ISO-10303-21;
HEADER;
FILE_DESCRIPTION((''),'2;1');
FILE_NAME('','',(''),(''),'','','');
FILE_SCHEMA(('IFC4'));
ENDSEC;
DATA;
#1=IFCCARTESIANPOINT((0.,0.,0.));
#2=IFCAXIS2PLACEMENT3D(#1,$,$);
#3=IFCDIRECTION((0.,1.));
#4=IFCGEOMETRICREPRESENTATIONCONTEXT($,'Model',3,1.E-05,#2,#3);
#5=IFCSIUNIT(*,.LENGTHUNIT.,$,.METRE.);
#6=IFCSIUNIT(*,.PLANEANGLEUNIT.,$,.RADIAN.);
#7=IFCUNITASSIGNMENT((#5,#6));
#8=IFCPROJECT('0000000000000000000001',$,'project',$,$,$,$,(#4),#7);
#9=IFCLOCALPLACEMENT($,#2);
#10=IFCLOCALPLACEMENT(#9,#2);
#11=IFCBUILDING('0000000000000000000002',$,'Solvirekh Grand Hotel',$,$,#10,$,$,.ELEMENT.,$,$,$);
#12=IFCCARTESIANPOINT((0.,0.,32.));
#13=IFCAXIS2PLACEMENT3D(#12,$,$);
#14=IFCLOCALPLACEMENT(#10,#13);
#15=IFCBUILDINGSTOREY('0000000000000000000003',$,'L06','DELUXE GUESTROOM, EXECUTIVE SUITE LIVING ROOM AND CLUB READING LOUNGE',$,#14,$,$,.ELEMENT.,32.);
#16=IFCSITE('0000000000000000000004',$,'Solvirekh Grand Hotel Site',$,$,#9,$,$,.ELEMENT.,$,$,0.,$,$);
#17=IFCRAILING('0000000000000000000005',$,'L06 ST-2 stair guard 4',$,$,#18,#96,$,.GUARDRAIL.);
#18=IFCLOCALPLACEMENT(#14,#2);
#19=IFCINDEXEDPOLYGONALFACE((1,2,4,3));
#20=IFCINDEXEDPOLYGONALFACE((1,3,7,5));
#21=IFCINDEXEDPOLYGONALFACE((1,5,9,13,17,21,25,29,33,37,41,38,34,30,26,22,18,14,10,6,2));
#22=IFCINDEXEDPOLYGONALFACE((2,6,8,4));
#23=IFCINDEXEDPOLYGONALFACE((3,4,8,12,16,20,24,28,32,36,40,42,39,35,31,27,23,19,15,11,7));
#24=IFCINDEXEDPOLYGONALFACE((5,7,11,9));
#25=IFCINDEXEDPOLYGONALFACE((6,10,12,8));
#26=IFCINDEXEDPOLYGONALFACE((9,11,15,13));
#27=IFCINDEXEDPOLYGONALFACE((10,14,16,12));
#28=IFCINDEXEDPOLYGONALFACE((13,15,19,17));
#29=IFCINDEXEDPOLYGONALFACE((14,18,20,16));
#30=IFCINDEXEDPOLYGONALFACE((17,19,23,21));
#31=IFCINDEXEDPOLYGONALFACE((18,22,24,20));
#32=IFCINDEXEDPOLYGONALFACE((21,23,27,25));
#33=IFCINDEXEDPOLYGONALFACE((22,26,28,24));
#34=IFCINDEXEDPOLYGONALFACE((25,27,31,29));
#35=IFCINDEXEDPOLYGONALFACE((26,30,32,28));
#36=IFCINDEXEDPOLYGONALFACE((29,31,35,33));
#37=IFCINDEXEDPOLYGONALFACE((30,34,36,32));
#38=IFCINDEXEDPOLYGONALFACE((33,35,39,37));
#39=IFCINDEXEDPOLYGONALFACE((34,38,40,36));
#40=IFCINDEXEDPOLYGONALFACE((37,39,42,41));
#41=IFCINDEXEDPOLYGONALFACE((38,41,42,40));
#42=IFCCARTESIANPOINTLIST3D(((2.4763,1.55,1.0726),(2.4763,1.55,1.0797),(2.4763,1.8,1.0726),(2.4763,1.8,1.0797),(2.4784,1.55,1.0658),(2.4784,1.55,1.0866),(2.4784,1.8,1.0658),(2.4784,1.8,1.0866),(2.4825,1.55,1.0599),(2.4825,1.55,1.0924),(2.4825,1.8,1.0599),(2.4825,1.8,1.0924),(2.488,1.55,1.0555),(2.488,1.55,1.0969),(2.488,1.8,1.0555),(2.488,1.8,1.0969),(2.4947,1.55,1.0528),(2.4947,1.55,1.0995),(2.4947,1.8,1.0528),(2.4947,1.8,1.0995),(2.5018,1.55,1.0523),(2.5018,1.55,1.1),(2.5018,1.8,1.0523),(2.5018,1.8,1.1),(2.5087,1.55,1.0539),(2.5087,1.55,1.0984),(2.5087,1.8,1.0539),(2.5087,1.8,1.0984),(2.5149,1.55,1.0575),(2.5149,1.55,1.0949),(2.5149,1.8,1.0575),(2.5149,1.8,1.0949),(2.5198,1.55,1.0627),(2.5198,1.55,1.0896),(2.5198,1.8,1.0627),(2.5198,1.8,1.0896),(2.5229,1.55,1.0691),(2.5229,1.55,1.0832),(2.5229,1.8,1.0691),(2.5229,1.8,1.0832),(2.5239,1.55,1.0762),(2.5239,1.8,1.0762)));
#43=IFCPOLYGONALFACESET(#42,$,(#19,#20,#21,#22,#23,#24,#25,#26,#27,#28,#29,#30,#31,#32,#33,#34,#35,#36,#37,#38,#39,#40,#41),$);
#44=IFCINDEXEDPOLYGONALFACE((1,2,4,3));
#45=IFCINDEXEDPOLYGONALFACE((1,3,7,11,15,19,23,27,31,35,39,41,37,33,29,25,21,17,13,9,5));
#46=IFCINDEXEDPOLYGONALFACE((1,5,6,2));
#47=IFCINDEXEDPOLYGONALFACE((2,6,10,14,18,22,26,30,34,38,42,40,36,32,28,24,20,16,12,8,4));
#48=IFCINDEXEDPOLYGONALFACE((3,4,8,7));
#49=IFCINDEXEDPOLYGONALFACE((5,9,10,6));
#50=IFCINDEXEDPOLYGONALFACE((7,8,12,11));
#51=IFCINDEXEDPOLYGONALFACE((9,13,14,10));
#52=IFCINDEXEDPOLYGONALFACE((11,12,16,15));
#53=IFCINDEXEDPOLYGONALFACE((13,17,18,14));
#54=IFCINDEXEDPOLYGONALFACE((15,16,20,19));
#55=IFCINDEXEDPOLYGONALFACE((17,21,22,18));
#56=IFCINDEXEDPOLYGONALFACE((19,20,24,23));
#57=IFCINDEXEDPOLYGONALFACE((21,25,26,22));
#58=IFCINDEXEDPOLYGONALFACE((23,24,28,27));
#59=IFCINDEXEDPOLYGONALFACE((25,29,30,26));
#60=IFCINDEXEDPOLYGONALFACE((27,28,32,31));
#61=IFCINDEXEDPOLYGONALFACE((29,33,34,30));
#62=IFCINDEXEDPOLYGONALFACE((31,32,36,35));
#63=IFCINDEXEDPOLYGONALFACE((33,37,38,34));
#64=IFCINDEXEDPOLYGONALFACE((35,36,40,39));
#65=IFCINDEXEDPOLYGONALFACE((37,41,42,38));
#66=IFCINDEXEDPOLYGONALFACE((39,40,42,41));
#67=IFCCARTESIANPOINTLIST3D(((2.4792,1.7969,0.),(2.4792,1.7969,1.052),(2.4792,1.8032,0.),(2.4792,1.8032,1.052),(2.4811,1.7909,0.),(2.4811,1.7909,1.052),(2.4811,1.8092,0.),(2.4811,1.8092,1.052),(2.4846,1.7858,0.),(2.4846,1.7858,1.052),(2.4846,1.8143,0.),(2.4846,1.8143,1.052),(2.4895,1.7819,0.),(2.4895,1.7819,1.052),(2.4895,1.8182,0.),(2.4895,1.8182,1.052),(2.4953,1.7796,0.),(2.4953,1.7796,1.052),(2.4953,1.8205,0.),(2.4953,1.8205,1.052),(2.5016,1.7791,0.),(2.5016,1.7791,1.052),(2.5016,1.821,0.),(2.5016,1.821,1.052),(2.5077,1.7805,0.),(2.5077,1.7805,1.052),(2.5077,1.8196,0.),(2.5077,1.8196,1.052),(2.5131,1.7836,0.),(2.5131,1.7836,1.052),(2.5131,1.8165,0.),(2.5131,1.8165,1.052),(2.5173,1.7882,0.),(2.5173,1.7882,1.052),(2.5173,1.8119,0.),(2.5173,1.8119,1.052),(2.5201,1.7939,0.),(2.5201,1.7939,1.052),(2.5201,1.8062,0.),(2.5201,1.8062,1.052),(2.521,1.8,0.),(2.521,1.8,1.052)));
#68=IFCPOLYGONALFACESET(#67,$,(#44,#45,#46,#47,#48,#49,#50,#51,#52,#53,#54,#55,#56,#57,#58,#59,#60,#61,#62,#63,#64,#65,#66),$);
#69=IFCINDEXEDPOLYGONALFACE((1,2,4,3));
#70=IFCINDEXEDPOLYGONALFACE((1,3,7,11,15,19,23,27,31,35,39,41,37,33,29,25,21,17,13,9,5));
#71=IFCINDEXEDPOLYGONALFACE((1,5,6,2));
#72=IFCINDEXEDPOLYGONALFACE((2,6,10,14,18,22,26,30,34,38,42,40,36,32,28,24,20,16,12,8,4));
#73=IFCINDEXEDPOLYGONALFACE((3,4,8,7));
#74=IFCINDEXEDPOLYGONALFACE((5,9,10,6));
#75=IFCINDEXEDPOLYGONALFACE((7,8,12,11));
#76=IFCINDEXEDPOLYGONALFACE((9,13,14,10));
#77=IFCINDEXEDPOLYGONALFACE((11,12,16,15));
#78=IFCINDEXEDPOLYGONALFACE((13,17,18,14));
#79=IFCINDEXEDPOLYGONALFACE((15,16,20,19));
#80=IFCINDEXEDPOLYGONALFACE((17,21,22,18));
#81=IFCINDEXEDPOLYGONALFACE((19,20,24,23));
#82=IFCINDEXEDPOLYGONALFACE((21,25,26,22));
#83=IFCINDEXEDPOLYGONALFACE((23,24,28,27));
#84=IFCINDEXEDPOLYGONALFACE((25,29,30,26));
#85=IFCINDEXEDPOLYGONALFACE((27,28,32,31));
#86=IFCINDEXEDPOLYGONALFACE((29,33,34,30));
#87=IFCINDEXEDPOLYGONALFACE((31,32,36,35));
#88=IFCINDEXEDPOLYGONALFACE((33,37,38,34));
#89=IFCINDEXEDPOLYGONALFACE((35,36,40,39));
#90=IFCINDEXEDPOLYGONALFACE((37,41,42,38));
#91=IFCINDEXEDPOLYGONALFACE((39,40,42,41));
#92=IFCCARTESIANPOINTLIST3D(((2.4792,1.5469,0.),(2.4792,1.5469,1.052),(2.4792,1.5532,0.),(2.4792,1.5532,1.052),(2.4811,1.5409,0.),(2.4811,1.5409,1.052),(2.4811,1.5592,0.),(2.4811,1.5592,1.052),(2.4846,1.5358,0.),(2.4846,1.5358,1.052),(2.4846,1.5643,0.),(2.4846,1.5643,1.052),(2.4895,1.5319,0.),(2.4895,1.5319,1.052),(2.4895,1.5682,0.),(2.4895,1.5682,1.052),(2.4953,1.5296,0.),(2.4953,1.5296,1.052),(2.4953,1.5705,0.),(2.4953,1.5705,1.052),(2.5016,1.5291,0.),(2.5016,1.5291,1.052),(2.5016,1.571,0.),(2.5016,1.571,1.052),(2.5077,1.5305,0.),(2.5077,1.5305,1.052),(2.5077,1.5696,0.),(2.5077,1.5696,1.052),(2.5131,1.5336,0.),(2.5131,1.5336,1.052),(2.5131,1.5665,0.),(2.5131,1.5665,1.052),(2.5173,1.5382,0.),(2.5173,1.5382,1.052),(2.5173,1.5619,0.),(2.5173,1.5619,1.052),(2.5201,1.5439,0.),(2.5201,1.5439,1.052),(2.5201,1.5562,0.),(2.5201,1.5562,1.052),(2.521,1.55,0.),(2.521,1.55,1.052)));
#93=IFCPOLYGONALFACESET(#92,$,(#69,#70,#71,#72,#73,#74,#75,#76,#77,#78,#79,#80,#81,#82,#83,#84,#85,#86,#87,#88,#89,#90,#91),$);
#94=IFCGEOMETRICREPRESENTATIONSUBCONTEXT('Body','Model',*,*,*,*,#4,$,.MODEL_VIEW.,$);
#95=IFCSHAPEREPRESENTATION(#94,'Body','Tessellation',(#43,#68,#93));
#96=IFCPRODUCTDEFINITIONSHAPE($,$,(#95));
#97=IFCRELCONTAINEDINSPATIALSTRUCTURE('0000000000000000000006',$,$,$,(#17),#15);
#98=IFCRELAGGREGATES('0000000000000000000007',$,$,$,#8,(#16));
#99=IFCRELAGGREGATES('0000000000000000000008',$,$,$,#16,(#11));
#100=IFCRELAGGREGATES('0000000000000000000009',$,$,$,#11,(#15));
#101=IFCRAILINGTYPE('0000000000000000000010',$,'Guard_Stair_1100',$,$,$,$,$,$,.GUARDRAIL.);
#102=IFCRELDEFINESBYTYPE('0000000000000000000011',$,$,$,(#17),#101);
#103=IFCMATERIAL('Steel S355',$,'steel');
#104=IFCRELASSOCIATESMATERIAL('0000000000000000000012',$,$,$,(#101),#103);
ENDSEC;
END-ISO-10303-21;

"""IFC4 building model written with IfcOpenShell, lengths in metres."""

from ifc_helpers import new_model, si_unit, direction, frame, origin, origin_2d, place, context, subcontext, project, spatial, circle, extrude, material, type_object, element, save


model = new_model("IFC4")

# Units and contexts
model_context = context("Model", 3, precision=1e-05, world=origin(), true_north=direction((0.0, 1.0)))
body_context = subcontext(model_context, "Body", "Model", "MODEL_VIEW")
ifc_project = project(units=[si_unit("LENGTHUNIT", "METRE"), si_unit("PLANEANGLEUNIT", "RADIAN")], contexts=[model_context])

# Site, building, storey
site_placement = place(None, origin())
site = spatial("IfcSite", under=ifc_project, at=site_placement, Name="Solvirekh Grand Hotel Site", CompositionType="ELEMENT", RefElevation=0.0)
building_placement = place(site_placement, origin())
building = spatial("IfcBuilding", under=site, at=building_placement, Name="Solvirekh Grand Hotel", CompositionType="ELEMENT")
storey_placement = place(building_placement, frame((0.0, 0.0, 32.0)))
storey = spatial("IfcBuildingStorey", under=building, at=storey_placement, Name="L06", Description="DELUXE GUESTROOM, EXECUTIVE SUITE LIVING ROOM AND CLUB READING LOUNGE", CompositionType="ELEMENT", Elevation=32.0)

# Shared definitions
ifc_material_1 = material(Name="Steel S355", Category="steel")

# Railing
railing_type_1 = type_object("IfcRailingType", Name="Guard_Stair_1100", PredefinedType="GUARDRAIL", material=ifc_material_1)
railing_1_placement = place(storey_placement, frame((2.5, 1.8, 0.0)))
element("IfcRailing", 1, at=railing_1_placement, inside=storey, type_object=railing_type_1, Name="L06 ST-2 stair guard 4", PredefinedType="GUARDRAIL", context=body_context, shape_type="SweptSolid", body=[
    extrude(circle(Radius=0.0239, at=origin_2d()), frame((0.0, 0.0, 1.0762), z_axis=(0.0, -1.0, 0.0), x_axis=(1.0, 0.0, 0.0)), (0.0, 0.0, 1.0), 0.25),
    extrude(circle(Radius=0.021, at=origin_2d()), origin(), (0.0, 0.0, 1.0), 1.052),
    extrude(circle(Radius=0.021, at=origin_2d()), frame((0.0, -0.25, 0.0)), (0.0, 0.0, 1.0), 1.052),
])

save(model, "model.ifc")
